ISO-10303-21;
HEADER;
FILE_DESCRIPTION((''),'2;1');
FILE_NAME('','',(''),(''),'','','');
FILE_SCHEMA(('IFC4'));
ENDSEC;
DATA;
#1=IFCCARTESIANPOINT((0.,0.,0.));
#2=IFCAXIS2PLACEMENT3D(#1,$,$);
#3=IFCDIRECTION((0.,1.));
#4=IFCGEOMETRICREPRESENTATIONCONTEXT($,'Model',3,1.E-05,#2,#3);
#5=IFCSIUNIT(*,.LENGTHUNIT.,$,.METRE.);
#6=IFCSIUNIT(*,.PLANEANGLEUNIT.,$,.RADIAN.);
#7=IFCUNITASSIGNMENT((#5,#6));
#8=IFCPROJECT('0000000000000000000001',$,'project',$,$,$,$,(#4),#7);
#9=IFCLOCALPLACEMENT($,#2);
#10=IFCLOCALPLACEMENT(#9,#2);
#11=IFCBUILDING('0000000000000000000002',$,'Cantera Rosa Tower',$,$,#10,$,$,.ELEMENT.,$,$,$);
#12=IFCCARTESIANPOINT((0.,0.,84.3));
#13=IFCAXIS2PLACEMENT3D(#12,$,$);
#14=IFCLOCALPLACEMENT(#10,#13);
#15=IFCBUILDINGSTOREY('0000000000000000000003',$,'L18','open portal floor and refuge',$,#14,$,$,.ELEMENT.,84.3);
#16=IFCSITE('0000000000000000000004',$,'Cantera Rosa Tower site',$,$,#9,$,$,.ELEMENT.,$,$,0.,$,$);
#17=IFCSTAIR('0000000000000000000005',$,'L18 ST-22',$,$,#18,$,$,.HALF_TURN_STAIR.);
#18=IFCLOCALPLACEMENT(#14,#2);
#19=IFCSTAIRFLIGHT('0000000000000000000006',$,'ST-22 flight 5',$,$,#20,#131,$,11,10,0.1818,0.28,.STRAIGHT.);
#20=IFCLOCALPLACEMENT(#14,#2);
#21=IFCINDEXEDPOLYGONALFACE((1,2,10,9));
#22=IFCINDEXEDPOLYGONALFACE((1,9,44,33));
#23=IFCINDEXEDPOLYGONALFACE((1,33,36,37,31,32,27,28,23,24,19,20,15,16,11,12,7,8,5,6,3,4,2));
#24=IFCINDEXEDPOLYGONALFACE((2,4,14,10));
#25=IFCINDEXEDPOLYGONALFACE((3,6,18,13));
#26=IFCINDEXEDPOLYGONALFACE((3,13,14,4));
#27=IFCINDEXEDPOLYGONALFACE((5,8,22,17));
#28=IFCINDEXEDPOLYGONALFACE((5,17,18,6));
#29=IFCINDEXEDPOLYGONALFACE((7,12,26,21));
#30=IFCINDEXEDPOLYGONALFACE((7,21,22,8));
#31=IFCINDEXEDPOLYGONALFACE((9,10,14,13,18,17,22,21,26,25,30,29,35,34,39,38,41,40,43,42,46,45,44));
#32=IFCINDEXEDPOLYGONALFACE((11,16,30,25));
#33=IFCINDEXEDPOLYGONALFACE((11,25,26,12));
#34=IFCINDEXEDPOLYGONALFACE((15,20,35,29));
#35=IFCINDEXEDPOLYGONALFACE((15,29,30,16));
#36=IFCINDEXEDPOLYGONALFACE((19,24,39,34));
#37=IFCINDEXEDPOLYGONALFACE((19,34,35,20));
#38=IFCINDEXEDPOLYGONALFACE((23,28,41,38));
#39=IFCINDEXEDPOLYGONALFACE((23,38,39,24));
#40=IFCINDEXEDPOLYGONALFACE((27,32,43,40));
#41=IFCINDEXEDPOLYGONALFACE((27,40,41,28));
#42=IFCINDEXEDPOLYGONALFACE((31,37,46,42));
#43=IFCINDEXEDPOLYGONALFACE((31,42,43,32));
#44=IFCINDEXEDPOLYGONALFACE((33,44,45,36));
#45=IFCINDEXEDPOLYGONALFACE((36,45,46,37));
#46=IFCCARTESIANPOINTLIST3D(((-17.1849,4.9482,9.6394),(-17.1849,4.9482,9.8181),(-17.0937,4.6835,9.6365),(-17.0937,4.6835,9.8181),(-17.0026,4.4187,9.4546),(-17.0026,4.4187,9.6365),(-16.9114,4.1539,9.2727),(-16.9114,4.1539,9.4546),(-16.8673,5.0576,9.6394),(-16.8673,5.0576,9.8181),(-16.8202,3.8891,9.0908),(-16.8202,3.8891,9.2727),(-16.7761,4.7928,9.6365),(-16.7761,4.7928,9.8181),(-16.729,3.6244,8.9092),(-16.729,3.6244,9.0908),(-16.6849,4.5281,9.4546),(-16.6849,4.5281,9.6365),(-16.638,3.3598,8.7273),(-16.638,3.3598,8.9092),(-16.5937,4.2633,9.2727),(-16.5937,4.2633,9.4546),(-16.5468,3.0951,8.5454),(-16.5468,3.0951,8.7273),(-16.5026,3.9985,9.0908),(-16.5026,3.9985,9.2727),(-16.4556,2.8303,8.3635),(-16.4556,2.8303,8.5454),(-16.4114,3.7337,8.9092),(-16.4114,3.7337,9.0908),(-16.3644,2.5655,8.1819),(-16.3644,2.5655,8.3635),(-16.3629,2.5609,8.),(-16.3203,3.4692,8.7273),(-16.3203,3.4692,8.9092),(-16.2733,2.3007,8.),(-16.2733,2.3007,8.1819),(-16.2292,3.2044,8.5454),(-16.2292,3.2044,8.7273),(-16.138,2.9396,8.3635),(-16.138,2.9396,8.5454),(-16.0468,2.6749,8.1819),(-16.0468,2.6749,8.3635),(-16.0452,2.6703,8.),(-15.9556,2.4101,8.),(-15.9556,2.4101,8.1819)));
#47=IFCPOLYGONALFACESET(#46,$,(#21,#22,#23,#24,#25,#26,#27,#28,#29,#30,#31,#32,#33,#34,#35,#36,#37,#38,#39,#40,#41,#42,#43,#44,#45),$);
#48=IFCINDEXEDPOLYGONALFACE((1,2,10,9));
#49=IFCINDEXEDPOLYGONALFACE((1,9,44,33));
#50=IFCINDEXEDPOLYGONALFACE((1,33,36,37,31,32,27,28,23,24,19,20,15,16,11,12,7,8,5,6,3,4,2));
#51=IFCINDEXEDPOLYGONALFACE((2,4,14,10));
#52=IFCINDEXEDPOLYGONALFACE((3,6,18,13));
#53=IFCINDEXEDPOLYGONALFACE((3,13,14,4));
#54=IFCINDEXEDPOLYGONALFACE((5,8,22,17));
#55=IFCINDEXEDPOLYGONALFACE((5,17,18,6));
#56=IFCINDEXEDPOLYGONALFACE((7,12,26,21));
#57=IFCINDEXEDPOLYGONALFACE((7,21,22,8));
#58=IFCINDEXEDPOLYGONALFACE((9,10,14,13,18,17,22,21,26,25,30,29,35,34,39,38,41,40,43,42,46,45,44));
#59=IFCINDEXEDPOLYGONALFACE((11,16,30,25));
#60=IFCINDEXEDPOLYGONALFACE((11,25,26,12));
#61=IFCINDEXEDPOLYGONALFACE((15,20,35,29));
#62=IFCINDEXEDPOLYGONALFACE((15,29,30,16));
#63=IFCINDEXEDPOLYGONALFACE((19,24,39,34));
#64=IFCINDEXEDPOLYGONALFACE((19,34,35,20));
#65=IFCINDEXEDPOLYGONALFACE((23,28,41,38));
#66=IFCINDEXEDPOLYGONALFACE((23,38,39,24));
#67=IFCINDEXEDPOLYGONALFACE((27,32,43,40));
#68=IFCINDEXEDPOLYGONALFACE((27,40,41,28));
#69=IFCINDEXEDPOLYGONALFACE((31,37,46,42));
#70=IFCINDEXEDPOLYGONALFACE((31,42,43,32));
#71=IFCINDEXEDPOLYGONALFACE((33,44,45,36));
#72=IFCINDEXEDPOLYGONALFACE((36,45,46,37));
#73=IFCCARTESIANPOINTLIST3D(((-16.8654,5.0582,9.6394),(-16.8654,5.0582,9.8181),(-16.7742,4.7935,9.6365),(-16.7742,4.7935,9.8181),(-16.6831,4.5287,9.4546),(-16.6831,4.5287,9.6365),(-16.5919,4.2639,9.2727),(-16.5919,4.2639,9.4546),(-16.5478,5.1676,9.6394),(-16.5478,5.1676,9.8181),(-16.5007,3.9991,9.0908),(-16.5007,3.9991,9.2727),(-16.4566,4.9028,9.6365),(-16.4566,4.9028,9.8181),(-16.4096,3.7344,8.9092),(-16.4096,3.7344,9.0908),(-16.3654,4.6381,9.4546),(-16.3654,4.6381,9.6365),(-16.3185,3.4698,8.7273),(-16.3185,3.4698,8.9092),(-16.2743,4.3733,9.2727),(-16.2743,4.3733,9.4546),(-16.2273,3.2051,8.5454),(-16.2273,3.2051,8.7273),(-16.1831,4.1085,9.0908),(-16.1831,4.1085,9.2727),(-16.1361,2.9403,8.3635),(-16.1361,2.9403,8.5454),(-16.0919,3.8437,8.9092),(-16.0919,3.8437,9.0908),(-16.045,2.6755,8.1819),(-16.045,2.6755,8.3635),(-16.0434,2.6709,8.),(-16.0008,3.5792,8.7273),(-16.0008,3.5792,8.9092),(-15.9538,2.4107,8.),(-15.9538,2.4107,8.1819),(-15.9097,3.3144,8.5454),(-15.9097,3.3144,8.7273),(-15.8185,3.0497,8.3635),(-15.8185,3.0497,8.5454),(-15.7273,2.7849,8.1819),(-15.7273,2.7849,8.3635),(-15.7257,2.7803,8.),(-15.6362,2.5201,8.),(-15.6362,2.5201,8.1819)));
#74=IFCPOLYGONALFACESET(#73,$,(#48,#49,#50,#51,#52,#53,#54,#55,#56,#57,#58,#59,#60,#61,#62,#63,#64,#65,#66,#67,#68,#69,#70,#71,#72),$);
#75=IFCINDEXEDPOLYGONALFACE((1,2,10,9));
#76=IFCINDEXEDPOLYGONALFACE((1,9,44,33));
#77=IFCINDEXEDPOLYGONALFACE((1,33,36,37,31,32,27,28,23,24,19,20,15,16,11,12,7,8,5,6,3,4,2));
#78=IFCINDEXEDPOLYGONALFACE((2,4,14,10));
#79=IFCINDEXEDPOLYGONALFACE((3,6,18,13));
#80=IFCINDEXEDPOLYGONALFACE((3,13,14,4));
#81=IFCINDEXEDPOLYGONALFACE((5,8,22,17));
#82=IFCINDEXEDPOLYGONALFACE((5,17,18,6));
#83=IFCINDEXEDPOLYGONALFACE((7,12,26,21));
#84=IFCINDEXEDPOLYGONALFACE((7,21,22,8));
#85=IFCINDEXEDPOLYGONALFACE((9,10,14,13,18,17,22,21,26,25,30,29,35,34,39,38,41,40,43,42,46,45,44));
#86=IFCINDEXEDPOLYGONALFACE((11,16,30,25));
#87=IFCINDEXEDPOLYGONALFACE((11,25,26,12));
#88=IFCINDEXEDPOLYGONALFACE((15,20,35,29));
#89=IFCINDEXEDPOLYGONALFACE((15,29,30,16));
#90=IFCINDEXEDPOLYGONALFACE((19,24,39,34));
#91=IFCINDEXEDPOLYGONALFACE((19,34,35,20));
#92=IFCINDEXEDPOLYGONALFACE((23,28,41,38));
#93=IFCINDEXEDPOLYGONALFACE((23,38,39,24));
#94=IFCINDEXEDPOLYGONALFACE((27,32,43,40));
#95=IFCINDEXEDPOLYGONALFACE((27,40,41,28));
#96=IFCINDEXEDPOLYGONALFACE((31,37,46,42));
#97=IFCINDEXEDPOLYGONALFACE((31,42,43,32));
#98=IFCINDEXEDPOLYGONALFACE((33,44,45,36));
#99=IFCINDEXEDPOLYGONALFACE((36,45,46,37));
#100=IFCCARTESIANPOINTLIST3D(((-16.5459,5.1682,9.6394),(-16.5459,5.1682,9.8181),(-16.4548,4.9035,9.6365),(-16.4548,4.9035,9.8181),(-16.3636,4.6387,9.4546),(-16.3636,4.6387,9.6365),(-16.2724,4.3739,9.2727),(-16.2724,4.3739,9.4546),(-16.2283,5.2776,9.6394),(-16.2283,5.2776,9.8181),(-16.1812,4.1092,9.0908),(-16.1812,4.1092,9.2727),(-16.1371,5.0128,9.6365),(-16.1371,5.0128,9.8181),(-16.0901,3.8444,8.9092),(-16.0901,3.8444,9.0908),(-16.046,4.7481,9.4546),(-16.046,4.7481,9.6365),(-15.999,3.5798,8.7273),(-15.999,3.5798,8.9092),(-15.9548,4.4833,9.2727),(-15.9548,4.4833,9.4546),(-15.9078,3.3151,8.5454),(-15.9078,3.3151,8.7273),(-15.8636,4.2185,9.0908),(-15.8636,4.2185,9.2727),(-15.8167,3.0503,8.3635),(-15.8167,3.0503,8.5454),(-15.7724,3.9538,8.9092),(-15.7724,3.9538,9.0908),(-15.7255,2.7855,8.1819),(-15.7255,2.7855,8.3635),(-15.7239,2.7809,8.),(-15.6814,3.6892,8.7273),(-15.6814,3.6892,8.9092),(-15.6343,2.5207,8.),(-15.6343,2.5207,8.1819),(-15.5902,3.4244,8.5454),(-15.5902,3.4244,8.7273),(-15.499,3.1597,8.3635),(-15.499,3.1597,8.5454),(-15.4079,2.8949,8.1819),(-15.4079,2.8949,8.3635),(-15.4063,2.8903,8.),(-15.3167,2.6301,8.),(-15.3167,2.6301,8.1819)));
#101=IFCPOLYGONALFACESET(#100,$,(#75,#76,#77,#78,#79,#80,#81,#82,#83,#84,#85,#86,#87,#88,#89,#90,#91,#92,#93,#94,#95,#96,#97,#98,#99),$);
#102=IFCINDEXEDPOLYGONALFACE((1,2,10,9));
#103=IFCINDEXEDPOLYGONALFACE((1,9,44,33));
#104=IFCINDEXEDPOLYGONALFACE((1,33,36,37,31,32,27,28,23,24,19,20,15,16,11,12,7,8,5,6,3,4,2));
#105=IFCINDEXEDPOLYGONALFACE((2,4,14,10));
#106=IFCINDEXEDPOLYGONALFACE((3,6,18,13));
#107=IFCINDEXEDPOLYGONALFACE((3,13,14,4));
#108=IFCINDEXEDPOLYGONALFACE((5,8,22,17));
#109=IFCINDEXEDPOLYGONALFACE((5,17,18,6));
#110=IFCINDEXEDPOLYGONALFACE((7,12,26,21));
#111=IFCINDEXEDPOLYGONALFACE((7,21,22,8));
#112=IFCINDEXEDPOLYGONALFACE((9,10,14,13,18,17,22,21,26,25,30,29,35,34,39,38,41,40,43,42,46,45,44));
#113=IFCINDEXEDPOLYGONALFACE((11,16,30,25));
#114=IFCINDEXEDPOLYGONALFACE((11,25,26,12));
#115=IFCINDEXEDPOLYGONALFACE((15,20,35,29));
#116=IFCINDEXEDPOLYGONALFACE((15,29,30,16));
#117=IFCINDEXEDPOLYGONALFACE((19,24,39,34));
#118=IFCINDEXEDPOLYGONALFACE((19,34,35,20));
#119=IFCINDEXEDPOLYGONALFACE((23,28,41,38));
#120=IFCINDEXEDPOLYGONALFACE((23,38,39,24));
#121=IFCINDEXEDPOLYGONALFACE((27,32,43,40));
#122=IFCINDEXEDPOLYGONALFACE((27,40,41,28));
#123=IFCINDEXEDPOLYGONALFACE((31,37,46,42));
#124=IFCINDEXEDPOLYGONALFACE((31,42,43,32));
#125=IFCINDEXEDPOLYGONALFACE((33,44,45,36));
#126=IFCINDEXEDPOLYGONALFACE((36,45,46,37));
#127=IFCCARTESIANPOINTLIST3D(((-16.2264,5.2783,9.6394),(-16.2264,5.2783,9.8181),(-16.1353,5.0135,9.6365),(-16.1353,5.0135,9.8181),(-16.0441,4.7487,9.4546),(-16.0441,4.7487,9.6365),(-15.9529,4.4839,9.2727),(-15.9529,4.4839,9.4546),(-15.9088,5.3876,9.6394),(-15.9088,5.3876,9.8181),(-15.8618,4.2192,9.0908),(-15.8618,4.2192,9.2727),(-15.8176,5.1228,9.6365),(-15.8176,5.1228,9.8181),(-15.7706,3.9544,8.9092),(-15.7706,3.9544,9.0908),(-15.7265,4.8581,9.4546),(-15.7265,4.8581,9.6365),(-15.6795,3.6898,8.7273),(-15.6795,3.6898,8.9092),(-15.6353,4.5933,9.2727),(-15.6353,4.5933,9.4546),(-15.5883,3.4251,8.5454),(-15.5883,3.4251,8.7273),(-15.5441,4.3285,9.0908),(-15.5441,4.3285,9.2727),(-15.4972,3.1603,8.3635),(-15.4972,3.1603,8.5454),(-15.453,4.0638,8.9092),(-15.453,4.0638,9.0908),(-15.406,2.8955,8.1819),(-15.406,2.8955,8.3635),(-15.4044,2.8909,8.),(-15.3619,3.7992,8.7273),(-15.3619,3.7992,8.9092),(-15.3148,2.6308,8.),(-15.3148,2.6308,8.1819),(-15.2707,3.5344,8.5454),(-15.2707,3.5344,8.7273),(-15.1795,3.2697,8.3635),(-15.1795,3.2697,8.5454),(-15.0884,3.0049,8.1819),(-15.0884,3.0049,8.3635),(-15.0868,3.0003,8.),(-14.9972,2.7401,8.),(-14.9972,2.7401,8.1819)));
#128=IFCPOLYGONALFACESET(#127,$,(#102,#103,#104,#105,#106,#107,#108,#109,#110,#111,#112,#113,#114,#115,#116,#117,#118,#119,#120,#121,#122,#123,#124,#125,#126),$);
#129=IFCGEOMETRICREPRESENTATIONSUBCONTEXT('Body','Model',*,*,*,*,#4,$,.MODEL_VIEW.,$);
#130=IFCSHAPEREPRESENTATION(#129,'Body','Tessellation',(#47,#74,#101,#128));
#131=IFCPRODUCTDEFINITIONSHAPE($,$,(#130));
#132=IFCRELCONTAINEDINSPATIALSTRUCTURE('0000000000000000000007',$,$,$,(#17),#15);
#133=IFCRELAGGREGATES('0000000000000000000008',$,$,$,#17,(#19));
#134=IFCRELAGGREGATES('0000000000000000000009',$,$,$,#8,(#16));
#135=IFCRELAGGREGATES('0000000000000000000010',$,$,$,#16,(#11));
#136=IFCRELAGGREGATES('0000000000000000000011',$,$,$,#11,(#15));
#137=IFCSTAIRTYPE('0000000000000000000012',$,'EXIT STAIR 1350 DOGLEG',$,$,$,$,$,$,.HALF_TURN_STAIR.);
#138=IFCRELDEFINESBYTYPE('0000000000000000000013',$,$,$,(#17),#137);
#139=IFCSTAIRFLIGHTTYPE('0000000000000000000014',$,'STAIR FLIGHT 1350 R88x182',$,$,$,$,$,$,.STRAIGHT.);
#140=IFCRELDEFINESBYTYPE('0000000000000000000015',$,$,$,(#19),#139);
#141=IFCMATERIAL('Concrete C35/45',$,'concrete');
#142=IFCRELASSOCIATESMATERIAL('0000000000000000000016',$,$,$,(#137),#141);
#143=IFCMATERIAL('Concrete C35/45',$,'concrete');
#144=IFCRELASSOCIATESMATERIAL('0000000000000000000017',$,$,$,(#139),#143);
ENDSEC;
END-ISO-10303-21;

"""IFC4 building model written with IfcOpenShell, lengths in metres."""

from ifc_helpers import new_model, si_unit, direction, frame, origin, place, context, subcontext, project, spatial, polyline, outline, extrude, material, type_object, element, aggregate, save


model = new_model("IFC4")

# Units and contexts
model_context = context("Model", 3, precision=1e-05, world=origin(), true_north=direction((0.0, 1.0)))
body_context = subcontext(model_context, "Body", "Model", "MODEL_VIEW")
ifc_project = project(units=[si_unit("LENGTHUNIT", "METRE"), si_unit("PLANEANGLEUNIT", "RADIAN")], contexts=[model_context])

# Site, building, storey
site_placement = place(None, origin())
site = spatial("IfcSite", under=ifc_project, at=site_placement, Name="Cantera Rosa Tower site", CompositionType="ELEMENT", RefElevation=0.0)
building_placement = place(site_placement, origin())
building = spatial("IfcBuilding", under=site, at=building_placement, Name="Cantera Rosa Tower", CompositionType="ELEMENT")
storey_placement = place(building_placement, frame((0.0, 0.0, 84.3)))
storey = spatial("IfcBuildingStorey", under=building, at=storey_placement, Name="L18", Description="open portal floor and refuge", CompositionType="ELEMENT", Elevation=84.3)

# Stair
ifc_material_1 = material(Name="Concrete C35/45", Category="concrete")
stair_type = type_object("IfcStairType", Name="EXIT STAIR 1350 DOGLEG", PredefinedType="HALF_TURN_STAIR", material=ifc_material_1)
stair_placement = place(storey_placement, origin())
stair = element("IfcStair", 1, at=stair_placement, inside=storey, type_object=stair_type, Name="L18 ST-22", PredefinedType="HALF_TURN_STAIR")

# Stair flight
ifc_material_2 = material(Name="Concrete C35/45", Category="concrete")
stair_flight_type = type_object("IfcStairFlightType", Name="STAIR FLIGHT 1350 R88x182", PredefinedType="STRAIGHT", material=ifc_material_2)
stair_flight_1_placement = place(storey_placement, frame((-15.635, 2.5205, 8.0), z_axis=(0.0, 0.0, 1.0), x_axis=(-0.325568, 0.945519, 0.0)))
stair_flight_1 = element("IfcStairFlight", 2, at=stair_flight_1_placement, type_object=stair_flight_type, Name="ST-22 flight 5", NumberOfRisers=11, NumberOfTreads=10, PredefinedType="STRAIGHT", RiserHeight=0.1818, TreadLength=0.28, context=body_context, shape_type="SweptSolid", body=[
    extrude(outline(polyline([(0.0, 0.0), (0.0, 0.1819), (0.28, 0.1819), (0.28, 0.3635), (0.5601, 0.3635), (0.5601, 0.5454), (0.8401, 0.5454), (0.8401, 0.7273), (1.1201, 0.7273), (1.1201, 0.9092), (1.3999, 0.9092), (1.3999, 1.0908), (1.6799, 1.0908), (1.6799, 1.2727), (1.96, 1.2727), (1.96, 1.4546), (2.24, 1.4546), (2.24, 1.6365), (2.52, 1.6365), (2.52, 1.8181), (2.8, 1.8181), (2.8, 2.0), (2.8, 1.6394), (0.2751, 0.0), (0.0, 0.0)])), frame((0.0, 0.675, 0.0), z_axis=(0.0, -1.0, 0.0), x_axis=(1.0, 0.0, 0.0)), (0.0, 0.0, 1.0), 0.3359),
    extrude(outline(polyline([(0.0, 0.0), (0.0, 0.1819), (0.28, 0.1819), (0.28, 0.3635), (0.5601, 0.3635), (0.5601, 0.5454), (0.8401, 0.5454), (0.8401, 0.7273), (1.1201, 0.7273), (1.1201, 0.9092), (1.3999, 0.9092), (1.3999, 1.0908), (1.6799, 1.0908), (1.6799, 1.2727), (1.96, 1.2727), (1.96, 1.4546), (2.24, 1.4546), (2.24, 1.6365), (2.52, 1.6365), (2.52, 1.8181), (2.8, 1.8181), (2.8, 2.0), (2.8, 1.6394), (0.2751, 0.0), (0.0, 0.0)])), frame((0.0, 0.3372, 0.0), z_axis=(0.0, -1.0, 0.0), x_axis=(1.0, 0.0, 0.0)), (0.0, 0.0, 1.0), 0.3359),
    extrude(outline(polyline([(0.0, 0.0), (0.0, 0.1819), (0.28, 0.1819), (0.28, 0.3635), (0.5601, 0.3635), (0.5601, 0.5454), (0.8401, 0.5454), (0.8401, 0.7273), (1.1201, 0.7273), (1.1201, 0.9092), (1.3999, 0.9092), (1.3999, 1.0908), (1.6799, 1.0908), (1.6799, 1.2727), (1.96, 1.2727), (1.96, 1.4546), (2.24, 1.4546), (2.24, 1.6365), (2.52, 1.6365), (2.52, 1.8181), (2.8, 1.8181), (2.8, 2.0), (2.8, 1.6394), (0.2751, 0.0), (0.0, 0.0)])), frame((0.0, -0.0007, 0.0), z_axis=(0.0, -1.0, 0.0), x_axis=(1.0, 0.0, 0.0)), (0.0, 0.0, 1.0), 0.3359),
    extrude(outline(polyline([(0.0, 0.0), (0.0, 0.1819), (0.28, 0.1819), (0.28, 0.3635), (0.5601, 0.3635), (0.5601, 0.5454), (0.8401, 0.5454), (0.8401, 0.7273), (1.1201, 0.7273), (1.1201, 0.9092), (1.3999, 0.9092), (1.3999, 1.0908), (1.6799, 1.0908), (1.6799, 1.2727), (1.96, 1.2727), (1.96, 1.4546), (2.24, 1.4546), (2.24, 1.6365), (2.52, 1.6365), (2.52, 1.8181), (2.8, 1.8181), (2.8, 2.0), (2.8, 1.6394), (0.2751, 0.0), (0.0, 0.0)])), frame((0.0, -0.3386, 0.0), z_axis=(0.0, -1.0, 0.0), x_axis=(1.0, 0.0, 0.0)), (0.0, 0.0, 1.0), 0.3359),
])
aggregate(stair, [stair_flight_1])

save(model, "model.ifc")
